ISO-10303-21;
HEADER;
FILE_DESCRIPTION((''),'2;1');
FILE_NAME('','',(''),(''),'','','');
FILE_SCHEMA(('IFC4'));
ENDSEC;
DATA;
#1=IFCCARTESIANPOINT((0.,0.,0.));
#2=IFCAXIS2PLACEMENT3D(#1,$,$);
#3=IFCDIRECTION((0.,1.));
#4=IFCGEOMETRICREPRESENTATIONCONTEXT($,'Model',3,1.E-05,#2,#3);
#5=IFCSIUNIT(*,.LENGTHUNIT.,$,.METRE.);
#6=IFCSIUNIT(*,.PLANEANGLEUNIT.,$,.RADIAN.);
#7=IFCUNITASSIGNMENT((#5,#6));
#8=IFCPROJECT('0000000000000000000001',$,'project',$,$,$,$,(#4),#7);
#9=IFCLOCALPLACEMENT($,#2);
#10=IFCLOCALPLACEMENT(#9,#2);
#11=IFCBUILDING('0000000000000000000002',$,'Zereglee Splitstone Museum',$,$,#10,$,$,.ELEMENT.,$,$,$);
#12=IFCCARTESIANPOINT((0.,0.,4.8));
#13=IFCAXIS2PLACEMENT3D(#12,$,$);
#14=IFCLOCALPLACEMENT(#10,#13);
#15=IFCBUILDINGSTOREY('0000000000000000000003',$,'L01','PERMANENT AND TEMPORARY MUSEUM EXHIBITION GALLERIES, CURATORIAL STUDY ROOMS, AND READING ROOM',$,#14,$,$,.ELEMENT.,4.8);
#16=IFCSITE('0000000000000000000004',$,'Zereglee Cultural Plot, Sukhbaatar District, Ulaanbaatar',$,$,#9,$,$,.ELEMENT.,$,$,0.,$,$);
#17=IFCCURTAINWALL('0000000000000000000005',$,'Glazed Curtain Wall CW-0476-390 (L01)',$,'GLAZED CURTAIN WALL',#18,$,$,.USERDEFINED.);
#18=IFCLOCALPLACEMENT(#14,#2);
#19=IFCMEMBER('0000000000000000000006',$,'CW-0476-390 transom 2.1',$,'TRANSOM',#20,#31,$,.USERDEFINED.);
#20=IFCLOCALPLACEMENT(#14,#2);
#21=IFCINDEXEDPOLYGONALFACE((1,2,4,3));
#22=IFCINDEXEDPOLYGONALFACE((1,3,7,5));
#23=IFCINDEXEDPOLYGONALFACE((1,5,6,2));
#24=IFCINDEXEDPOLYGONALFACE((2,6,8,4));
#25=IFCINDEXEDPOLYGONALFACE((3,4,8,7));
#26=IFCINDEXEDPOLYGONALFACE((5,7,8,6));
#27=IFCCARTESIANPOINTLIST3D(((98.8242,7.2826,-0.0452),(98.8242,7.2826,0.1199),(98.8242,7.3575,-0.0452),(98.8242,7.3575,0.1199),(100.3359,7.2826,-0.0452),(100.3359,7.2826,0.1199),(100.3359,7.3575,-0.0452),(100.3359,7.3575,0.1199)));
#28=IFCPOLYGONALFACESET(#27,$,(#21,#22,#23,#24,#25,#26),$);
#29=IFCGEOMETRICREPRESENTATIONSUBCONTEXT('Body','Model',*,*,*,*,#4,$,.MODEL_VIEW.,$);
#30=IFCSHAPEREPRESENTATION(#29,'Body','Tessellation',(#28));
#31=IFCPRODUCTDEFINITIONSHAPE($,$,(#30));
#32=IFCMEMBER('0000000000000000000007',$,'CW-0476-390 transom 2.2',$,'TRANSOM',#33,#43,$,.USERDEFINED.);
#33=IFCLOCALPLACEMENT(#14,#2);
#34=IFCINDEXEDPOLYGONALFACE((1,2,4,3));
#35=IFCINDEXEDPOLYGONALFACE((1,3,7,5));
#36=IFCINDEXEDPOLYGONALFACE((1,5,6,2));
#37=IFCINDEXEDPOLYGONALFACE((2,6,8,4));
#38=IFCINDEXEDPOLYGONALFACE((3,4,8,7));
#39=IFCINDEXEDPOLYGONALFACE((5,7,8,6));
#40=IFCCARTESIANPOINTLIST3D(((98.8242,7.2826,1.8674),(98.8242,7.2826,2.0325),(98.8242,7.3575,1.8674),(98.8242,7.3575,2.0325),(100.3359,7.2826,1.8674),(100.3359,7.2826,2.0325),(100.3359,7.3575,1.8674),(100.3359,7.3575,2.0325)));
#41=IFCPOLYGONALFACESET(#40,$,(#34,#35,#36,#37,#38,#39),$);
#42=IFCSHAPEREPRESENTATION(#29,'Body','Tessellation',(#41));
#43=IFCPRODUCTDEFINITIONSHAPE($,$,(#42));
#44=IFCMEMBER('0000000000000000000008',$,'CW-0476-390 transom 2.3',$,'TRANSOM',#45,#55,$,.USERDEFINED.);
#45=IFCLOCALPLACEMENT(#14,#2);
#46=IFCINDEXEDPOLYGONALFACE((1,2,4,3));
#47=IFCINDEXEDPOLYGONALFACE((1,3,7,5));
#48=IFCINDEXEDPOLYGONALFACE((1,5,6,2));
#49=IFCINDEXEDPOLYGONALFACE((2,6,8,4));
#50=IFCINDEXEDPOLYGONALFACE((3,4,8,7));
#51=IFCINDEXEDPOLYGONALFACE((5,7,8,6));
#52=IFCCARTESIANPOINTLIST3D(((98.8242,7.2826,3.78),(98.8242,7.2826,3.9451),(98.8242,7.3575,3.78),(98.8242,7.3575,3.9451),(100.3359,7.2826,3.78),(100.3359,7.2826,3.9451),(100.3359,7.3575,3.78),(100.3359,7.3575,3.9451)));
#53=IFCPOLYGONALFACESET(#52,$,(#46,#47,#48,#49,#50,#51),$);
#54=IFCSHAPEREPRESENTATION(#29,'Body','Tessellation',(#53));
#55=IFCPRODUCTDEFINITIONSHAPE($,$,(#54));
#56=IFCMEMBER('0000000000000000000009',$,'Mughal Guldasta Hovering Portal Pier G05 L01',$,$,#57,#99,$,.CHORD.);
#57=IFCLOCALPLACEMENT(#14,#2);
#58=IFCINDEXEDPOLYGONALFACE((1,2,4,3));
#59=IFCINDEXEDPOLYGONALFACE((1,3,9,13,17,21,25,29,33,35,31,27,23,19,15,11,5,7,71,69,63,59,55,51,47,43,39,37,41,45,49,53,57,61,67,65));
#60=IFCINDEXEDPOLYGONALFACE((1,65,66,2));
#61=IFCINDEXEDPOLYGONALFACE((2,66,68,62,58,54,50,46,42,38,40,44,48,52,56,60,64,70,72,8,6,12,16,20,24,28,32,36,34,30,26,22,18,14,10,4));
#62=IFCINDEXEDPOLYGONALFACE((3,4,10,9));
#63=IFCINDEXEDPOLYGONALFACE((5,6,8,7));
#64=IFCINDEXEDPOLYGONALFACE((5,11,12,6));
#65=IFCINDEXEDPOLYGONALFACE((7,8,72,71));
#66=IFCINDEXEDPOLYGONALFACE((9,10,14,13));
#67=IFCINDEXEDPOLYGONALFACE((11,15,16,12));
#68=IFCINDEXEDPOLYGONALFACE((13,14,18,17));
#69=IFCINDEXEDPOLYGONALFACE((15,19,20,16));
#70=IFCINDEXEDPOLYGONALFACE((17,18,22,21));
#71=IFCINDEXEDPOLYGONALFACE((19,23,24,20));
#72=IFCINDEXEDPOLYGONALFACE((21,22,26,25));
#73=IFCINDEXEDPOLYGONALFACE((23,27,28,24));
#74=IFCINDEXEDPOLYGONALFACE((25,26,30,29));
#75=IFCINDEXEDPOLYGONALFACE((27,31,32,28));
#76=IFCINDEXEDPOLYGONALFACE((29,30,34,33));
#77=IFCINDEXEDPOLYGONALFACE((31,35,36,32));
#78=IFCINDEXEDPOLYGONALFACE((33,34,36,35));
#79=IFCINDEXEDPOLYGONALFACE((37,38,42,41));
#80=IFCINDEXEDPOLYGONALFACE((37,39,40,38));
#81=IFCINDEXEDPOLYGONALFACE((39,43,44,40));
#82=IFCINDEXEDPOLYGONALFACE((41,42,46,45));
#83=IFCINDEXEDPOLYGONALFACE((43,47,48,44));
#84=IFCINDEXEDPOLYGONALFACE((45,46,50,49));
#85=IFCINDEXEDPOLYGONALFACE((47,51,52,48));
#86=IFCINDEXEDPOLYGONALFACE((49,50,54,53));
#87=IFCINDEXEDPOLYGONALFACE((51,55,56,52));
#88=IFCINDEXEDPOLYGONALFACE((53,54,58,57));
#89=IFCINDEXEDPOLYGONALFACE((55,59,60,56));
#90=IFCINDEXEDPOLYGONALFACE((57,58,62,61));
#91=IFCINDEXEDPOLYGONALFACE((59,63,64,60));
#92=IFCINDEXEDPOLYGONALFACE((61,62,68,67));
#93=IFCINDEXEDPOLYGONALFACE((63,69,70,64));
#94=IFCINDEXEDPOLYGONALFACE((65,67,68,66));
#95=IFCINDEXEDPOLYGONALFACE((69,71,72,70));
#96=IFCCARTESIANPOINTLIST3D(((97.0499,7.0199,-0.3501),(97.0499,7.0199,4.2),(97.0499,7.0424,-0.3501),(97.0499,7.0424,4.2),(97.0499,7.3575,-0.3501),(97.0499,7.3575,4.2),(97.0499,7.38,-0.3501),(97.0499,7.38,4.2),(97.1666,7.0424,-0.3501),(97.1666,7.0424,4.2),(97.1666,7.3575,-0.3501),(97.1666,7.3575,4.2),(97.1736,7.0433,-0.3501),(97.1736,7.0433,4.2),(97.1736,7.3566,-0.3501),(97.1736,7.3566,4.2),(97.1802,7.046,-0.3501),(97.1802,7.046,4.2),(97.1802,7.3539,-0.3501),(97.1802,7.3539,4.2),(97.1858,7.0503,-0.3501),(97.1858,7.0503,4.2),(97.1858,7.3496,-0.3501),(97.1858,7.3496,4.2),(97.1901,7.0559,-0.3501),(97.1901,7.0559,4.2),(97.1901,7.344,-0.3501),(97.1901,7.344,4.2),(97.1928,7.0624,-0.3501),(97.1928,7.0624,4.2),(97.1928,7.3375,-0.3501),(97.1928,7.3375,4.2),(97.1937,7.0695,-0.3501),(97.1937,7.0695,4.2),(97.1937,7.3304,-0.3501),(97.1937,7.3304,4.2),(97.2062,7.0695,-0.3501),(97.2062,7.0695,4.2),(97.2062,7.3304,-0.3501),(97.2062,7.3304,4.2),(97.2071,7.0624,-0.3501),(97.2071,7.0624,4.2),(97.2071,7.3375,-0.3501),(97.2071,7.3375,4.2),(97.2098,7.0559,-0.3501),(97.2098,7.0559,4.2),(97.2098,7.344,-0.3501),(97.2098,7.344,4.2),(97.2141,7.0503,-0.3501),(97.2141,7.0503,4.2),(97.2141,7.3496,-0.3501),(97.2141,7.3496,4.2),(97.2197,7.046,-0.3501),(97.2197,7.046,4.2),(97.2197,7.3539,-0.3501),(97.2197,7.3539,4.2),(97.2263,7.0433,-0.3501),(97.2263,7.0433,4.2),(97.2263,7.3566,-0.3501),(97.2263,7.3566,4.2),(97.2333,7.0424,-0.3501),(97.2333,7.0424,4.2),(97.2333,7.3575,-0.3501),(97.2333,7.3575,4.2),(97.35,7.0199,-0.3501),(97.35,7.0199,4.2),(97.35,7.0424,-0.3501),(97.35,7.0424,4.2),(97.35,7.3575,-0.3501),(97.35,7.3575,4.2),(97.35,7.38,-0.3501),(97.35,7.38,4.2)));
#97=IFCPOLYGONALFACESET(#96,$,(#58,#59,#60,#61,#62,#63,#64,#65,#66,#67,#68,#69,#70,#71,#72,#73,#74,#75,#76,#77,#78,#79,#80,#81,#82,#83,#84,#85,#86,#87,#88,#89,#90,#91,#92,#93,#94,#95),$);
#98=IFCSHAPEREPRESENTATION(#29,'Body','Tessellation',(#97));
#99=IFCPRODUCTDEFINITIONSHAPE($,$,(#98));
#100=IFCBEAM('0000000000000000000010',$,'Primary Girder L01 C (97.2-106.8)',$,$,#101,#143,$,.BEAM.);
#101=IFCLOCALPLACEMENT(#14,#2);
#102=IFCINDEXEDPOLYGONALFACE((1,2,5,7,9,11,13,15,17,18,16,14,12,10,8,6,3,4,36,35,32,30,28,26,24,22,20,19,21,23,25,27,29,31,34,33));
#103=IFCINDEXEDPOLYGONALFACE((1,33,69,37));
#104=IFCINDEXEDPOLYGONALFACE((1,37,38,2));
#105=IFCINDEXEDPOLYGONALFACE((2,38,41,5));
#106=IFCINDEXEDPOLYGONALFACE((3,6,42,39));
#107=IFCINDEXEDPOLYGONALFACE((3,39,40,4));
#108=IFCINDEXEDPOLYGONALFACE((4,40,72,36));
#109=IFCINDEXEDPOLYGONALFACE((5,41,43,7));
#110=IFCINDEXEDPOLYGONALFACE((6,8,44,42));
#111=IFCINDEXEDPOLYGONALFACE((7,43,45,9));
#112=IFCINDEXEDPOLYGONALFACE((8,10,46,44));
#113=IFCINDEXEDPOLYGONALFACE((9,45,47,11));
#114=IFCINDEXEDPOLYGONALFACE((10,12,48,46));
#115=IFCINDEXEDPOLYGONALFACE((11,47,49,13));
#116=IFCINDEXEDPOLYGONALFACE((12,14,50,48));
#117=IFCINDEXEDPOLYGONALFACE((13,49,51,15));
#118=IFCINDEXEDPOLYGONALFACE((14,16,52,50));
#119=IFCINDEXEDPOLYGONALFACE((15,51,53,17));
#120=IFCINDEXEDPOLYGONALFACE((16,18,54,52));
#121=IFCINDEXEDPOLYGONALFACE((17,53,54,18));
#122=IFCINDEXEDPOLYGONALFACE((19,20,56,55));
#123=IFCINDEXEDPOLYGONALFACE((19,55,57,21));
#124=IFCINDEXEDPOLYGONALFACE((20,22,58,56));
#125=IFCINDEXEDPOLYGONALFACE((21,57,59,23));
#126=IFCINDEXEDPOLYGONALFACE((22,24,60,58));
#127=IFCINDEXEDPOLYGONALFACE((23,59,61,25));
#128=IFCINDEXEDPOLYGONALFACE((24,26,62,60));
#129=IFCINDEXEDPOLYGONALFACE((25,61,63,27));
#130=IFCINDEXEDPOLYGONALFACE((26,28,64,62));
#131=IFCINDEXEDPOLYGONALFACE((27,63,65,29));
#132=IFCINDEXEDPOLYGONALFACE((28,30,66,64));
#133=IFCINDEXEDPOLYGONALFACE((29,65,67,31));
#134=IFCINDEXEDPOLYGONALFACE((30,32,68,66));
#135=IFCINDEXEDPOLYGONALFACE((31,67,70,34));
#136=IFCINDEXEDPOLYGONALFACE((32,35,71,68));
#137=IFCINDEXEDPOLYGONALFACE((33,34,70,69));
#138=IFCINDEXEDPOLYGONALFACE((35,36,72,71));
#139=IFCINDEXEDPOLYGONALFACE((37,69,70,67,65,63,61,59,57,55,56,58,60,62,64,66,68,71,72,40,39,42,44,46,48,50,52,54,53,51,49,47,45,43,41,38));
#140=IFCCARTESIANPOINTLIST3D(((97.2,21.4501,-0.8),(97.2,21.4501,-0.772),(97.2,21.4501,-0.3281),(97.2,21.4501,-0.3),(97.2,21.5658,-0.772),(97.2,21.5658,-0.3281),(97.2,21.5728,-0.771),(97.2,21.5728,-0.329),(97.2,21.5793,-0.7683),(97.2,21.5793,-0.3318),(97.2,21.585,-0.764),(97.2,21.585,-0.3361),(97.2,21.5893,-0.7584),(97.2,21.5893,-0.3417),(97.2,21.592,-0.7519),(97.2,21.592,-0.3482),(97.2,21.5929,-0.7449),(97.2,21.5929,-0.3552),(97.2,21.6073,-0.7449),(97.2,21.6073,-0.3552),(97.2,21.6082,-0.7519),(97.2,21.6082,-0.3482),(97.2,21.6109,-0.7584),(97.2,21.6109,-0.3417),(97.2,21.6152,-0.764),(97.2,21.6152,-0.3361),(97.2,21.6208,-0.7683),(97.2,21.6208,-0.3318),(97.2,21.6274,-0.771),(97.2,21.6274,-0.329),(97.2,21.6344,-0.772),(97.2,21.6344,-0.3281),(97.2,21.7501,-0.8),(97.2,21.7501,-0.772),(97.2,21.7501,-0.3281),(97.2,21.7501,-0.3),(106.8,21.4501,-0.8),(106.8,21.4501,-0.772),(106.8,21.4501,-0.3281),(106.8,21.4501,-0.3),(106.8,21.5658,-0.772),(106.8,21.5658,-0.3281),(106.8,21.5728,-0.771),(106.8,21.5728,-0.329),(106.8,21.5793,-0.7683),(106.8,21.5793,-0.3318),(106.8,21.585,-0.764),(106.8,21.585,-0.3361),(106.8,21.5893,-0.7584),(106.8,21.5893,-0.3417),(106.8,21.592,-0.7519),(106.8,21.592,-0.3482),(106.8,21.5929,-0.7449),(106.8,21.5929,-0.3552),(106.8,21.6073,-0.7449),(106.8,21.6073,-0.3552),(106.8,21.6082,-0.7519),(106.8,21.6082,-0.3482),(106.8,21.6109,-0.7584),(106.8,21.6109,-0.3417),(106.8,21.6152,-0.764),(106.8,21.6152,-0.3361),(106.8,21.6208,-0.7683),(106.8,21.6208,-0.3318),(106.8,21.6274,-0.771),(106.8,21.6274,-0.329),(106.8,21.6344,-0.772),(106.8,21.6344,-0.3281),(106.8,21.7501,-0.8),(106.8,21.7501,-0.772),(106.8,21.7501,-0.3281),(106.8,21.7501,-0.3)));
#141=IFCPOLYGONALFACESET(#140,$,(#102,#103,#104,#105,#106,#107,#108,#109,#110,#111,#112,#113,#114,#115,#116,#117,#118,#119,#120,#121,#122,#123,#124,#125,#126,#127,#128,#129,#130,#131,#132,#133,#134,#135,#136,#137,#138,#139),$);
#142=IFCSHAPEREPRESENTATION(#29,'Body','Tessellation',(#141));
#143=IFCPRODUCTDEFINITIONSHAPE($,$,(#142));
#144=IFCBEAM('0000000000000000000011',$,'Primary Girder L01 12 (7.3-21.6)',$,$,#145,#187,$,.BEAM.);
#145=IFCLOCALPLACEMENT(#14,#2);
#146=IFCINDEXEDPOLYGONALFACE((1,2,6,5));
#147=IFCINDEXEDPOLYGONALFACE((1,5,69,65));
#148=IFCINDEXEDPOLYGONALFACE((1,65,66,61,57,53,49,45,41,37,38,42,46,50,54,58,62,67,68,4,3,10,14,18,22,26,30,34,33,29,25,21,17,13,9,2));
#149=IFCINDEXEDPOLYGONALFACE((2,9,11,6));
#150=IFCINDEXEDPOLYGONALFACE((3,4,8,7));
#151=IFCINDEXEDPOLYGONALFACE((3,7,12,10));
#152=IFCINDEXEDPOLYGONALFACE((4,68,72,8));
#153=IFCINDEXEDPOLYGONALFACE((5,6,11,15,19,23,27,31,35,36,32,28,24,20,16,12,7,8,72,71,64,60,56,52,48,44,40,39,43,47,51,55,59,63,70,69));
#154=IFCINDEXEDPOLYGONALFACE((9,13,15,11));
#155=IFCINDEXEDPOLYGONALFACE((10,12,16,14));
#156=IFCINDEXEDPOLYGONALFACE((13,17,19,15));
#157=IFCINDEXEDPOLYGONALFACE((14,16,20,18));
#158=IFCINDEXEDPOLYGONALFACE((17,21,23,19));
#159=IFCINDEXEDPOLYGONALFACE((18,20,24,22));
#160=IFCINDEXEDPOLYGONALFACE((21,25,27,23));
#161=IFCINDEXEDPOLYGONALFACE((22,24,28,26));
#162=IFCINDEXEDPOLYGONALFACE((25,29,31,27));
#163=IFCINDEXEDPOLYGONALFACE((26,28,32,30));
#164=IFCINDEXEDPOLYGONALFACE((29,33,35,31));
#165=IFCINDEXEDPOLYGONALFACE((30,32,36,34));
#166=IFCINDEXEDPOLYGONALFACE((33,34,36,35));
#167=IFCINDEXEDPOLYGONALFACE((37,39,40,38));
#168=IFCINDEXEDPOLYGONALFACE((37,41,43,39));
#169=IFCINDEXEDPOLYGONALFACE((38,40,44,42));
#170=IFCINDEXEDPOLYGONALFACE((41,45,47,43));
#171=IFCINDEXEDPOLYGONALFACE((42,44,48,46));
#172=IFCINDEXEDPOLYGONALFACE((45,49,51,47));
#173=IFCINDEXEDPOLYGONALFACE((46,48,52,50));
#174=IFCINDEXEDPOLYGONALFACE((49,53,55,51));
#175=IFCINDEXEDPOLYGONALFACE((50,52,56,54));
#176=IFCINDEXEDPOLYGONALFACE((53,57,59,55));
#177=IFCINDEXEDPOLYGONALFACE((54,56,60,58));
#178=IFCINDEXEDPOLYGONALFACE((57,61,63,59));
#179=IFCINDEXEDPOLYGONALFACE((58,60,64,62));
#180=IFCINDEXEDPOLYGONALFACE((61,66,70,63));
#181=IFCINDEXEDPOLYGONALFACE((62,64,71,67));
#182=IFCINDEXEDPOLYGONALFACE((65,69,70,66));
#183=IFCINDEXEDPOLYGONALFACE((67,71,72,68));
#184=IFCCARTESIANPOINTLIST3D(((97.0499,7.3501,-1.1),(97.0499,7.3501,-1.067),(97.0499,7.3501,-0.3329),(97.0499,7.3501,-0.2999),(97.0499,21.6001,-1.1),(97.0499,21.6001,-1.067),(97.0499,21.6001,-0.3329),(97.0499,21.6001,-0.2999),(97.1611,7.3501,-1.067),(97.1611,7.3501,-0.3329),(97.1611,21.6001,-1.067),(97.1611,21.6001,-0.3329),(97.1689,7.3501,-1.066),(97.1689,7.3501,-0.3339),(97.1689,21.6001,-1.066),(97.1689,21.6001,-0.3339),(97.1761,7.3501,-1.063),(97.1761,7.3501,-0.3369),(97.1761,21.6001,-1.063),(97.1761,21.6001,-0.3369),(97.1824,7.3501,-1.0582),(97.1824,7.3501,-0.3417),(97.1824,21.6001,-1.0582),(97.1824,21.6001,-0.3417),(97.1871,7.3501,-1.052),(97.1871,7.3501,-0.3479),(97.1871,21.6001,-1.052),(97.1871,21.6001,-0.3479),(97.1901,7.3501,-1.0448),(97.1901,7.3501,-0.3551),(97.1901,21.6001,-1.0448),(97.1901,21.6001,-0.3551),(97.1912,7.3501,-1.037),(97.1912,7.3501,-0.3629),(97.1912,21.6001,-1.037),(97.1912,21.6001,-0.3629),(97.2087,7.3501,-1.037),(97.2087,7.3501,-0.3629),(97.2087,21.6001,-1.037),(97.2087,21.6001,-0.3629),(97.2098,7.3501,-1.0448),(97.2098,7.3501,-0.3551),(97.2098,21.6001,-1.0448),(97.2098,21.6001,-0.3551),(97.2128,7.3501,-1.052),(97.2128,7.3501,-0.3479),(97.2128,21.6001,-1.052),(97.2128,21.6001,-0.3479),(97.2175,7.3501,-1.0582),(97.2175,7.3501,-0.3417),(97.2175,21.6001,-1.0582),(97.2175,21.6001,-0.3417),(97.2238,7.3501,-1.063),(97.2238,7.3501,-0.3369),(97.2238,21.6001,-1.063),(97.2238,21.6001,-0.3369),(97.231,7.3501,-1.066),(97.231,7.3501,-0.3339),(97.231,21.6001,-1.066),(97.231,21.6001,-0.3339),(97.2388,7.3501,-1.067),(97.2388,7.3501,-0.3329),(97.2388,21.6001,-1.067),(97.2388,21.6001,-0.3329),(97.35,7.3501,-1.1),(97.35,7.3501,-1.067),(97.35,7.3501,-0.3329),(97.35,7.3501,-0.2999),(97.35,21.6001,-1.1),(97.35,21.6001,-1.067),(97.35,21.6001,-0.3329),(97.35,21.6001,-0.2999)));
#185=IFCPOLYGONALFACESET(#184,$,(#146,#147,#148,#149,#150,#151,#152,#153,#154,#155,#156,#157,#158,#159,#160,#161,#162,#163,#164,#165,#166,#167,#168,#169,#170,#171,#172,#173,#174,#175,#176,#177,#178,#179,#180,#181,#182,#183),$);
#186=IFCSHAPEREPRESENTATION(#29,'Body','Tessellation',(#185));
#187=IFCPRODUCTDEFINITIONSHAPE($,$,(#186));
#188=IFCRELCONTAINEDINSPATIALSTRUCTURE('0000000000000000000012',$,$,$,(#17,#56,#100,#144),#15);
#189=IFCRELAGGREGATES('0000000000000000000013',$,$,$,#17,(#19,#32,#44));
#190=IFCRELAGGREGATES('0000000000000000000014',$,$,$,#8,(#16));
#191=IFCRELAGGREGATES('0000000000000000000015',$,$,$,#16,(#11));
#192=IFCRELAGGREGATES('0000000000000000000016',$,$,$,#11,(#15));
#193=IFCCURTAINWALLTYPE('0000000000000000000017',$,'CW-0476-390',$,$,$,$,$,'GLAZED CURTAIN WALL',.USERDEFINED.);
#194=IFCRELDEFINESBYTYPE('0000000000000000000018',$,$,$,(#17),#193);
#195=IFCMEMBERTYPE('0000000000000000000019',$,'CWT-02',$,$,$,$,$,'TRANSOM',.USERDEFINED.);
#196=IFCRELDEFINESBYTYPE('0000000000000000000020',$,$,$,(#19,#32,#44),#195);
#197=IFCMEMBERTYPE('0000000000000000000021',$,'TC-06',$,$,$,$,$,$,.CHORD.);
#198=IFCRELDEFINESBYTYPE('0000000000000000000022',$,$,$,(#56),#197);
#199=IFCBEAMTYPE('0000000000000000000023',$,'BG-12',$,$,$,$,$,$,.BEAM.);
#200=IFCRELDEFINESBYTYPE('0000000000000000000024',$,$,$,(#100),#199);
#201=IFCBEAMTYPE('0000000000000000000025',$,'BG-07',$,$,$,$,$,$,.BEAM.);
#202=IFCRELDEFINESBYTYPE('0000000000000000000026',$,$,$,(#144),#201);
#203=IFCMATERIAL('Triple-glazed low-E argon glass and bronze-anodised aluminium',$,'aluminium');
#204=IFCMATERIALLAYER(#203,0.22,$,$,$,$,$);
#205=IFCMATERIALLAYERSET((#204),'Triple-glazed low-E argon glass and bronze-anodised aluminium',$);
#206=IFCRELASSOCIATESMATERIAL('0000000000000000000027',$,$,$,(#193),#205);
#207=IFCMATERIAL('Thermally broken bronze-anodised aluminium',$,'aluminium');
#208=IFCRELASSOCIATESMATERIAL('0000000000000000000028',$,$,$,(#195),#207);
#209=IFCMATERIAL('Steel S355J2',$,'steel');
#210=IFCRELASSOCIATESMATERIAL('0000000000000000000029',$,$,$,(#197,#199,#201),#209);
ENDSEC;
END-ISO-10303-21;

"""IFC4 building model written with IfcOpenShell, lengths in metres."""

from ifc_helpers import new_model, si_unit, direction, frame, origin, origin_2d, place, context, subcontext, project, spatial, rectangle, i_section, extrude, material, layer, layer_set, material_profile, profile_set, type_object, element, aggregate, save


model = new_model("IFC4")

# Units and contexts
model_context = context("Model", 3, precision=1e-05, world=origin(), true_north=direction((0.0, 1.0)))
body_context = subcontext(model_context, "Body", "Model", "MODEL_VIEW")
ifc_project = project(units=[si_unit("LENGTHUNIT", "METRE"), si_unit("PLANEANGLEUNIT", "RADIAN")], contexts=[model_context])

# Site, building, storey
site_placement = place(None, origin())
site = spatial("IfcSite", under=ifc_project, at=site_placement, Name="Zereglee Cultural Plot, Sukhbaatar District, Ulaanbaatar", CompositionType="ELEMENT", RefElevation=0.0)
building_placement = place(site_placement, origin())
building = spatial("IfcBuilding", under=site, at=building_placement, Name="Zereglee Splitstone Museum", CompositionType="ELEMENT")
storey_placement = place(building_placement, frame((0.0, 0.0, 4.8)))
storey = spatial("IfcBuildingStorey", under=building, at=storey_placement, Name="L01", Description="PERMANENT AND TEMPORARY MUSEUM EXHIBITION GALLERIES, CURATORIAL STUDY ROOMS, AND READING ROOM", CompositionType="ELEMENT", Elevation=4.8)

# Shared definitions
ifc_material_1 = material(Name="Steel S355J2", Category="steel")

# Curtain wall, members
ifc_material_2 = material(Name="Triple-glazed low-E argon glass and bronze-anodised aluminium", Category="aluminium")
ifc_layer_1 = layer(ifc_material_2, 0.22)
ifc_layer_set_1 = layer_set([ifc_layer_1], Name="Triple-glazed low-E argon glass and bronze-anodised aluminium")
curtain_wall_type = type_object("IfcCurtainWallType", Name="CW-0476-390", ElementType="GLAZED CURTAIN WALL", PredefinedType="USERDEFINED", material=ifc_layer_set_1)
curtain_wall_placement = place(storey_placement, origin())
curtain_wall = element("IfcCurtainWall", 1, at=curtain_wall_placement, inside=storey, type_object=curtain_wall_type, Name="Glazed Curtain Wall CW-0476-390 (L01)", ObjectType="GLAZED CURTAIN WALL", PredefinedType="USERDEFINED")
ifc_material_3 = material(Name="Thermally broken bronze-anodised aluminium", Category="aluminium")
ifc_material_profile_1 = material_profile(ifc_material_3, rectangle(XDim=0.075, YDim=0.165, at=origin_2d()), Name="CW TRAN 75x165")
ifc_profile_set_1 = profile_set([ifc_material_profile_1], Name="Thermally broken bronze-anodised aluminium")
member_type_1 = type_object("IfcMemberType", Name="CWT-02", ElementType="TRANSOM", PredefinedType="USERDEFINED", material=ifc_profile_set_1)
member_1_placement = place(storey_placement, frame((98.8242, 7.3201, 0.0374), z_axis=(1.0, 0.0, 0.0), x_axis=(0.0, 1.0, 0.0)))
member_1 = element("IfcMember", 2, at=member_1_placement, type_object=member_type_1, Name="CW-0476-390 transom 2.1", ObjectType="TRANSOM", PredefinedType="USERDEFINED", context=body_context, shape_type="SweptSolid", body=[
    extrude(rectangle(XDim=0.075, YDim=0.165, at=origin_2d()), origin(), (0.0, 0.0, 1.0), 1.5117),
])
member_2_placement = place(storey_placement, frame((98.8242, 7.3201, 1.95), z_axis=(1.0, 0.0, 0.0), x_axis=(0.0, 1.0, 0.0)))
member_2 = element("IfcMember", 3, at=member_2_placement, type_object=member_type_1, Name="CW-0476-390 transom 2.2", ObjectType="TRANSOM", PredefinedType="USERDEFINED", context=body_context, shape_type="SweptSolid", body=[
    extrude(rectangle(XDim=0.075, YDim=0.165, at=origin_2d()), origin(), (0.0, 0.0, 1.0), 1.5117),
])
member_3_placement = place(storey_placement, frame((98.8242, 7.3201, 3.8625), z_axis=(1.0, 0.0, 0.0), x_axis=(0.0, 1.0, 0.0)))
member_3 = element("IfcMember", 4, at=member_3_placement, type_object=member_type_1, Name="CW-0476-390 transom 2.3", ObjectType="TRANSOM", PredefinedType="USERDEFINED", context=body_context, shape_type="SweptSolid", body=[
    extrude(rectangle(XDim=0.075, YDim=0.165, at=origin_2d()), origin(), (0.0, 0.0, 1.0), 1.5117),
])

# Member
ifc_material_profile_2 = material_profile(ifc_material_1, i_section(OverallWidth=0.3, OverallDepth=0.3601, WebThickness=0.0125, FlangeThickness=0.0225, FilletRadius=0.0271, at=origin_2d()), Name="HE 360 B")
ifc_profile_set_2 = profile_set([ifc_material_profile_2], Name="Steel S355J2")
member_type_2 = type_object("IfcMemberType", Name="TC-06", PredefinedType="CHORD", material=ifc_profile_set_2)
member_4_placement = place(storey_placement, frame((97.2, 7.2, -0.3501), z_axis=(0.0, 0.0, 1.0), x_axis=(1.0, 0.0, 0.0)))
element("IfcMember", 5, at=member_4_placement, inside=storey, type_object=member_type_2, Name="Mughal Guldasta Hovering Portal Pier G05 L01", PredefinedType="CHORD", context=body_context, shape_type="SweptSolid", body=[
    extrude(i_section(OverallWidth=0.3, OverallDepth=0.3601, WebThickness=0.0125, FlangeThickness=0.0225, FilletRadius=0.0271, at=origin_2d()), origin(), (0.0, 0.0, 1.0), 4.55),
])

# Beams
ifc_material_profile_3 = material_profile(ifc_material_1, i_section(OverallWidth=0.3, OverallDepth=0.5, WebThickness=0.0144, FlangeThickness=0.0281, FilletRadius=0.0271, at=origin_2d()), Name="HE 500 B")
ifc_profile_set_3 = profile_set([ifc_material_profile_3], Name="Steel S355J2")
beam_type_1 = type_object("IfcBeamType", Name="BG-12", PredefinedType="BEAM", material=ifc_profile_set_3)
beam_1_placement = place(storey_placement, frame((97.2, 21.6001, -0.55), z_axis=(1.0, 0.0, 0.0), x_axis=(0.0, 1.0, 0.0)))
element("IfcBeam", 6, at=beam_1_placement, inside=storey, type_object=beam_type_1, Name="Primary Girder L01 C (97.2-106.8)", PredefinedType="BEAM", context=body_context, shape_type="SweptSolid", body=[
    extrude(i_section(OverallWidth=0.3, OverallDepth=0.5, WebThickness=0.0144, FlangeThickness=0.0281, FilletRadius=0.0271, at=origin_2d()), origin(), (0.0, 0.0, 1.0), 9.6001),
])
ifc_material_profile_4 = material_profile(ifc_material_1, i_section(OverallWidth=0.3, OverallDepth=0.8, WebThickness=0.0176, FlangeThickness=0.033, FilletRadius=0.03, at=origin_2d()), Name="HE 800 B")
ifc_profile_set_4 = profile_set([ifc_material_profile_4], Name="Steel S355J2")
beam_type_2 = type_object("IfcBeamType", Name="BG-07", PredefinedType="BEAM", material=ifc_profile_set_4)
beam_2_placement = place(storey_placement, frame((97.2, 7.3501, -0.7), z_axis=(0.0, 1.0, 0.0), x_axis=(-1.0, 0.0, 0.0)))
element("IfcBeam", 7, at=beam_2_placement, inside=storey, type_object=beam_type_2, Name="Primary Girder L01 12 (7.3-21.6)", PredefinedType="BEAM", context=body_context, shape_type="SweptSolid", body=[
    extrude(i_section(OverallWidth=0.3, OverallDepth=0.8, WebThickness=0.0176, FlangeThickness=0.033, FilletRadius=0.03, at=origin_2d()), origin(), (0.0, 0.0, 1.0), 14.25),
])

aggregate(curtain_wall, [member_1, member_2, member_3])

save(model, "model.ifc")
